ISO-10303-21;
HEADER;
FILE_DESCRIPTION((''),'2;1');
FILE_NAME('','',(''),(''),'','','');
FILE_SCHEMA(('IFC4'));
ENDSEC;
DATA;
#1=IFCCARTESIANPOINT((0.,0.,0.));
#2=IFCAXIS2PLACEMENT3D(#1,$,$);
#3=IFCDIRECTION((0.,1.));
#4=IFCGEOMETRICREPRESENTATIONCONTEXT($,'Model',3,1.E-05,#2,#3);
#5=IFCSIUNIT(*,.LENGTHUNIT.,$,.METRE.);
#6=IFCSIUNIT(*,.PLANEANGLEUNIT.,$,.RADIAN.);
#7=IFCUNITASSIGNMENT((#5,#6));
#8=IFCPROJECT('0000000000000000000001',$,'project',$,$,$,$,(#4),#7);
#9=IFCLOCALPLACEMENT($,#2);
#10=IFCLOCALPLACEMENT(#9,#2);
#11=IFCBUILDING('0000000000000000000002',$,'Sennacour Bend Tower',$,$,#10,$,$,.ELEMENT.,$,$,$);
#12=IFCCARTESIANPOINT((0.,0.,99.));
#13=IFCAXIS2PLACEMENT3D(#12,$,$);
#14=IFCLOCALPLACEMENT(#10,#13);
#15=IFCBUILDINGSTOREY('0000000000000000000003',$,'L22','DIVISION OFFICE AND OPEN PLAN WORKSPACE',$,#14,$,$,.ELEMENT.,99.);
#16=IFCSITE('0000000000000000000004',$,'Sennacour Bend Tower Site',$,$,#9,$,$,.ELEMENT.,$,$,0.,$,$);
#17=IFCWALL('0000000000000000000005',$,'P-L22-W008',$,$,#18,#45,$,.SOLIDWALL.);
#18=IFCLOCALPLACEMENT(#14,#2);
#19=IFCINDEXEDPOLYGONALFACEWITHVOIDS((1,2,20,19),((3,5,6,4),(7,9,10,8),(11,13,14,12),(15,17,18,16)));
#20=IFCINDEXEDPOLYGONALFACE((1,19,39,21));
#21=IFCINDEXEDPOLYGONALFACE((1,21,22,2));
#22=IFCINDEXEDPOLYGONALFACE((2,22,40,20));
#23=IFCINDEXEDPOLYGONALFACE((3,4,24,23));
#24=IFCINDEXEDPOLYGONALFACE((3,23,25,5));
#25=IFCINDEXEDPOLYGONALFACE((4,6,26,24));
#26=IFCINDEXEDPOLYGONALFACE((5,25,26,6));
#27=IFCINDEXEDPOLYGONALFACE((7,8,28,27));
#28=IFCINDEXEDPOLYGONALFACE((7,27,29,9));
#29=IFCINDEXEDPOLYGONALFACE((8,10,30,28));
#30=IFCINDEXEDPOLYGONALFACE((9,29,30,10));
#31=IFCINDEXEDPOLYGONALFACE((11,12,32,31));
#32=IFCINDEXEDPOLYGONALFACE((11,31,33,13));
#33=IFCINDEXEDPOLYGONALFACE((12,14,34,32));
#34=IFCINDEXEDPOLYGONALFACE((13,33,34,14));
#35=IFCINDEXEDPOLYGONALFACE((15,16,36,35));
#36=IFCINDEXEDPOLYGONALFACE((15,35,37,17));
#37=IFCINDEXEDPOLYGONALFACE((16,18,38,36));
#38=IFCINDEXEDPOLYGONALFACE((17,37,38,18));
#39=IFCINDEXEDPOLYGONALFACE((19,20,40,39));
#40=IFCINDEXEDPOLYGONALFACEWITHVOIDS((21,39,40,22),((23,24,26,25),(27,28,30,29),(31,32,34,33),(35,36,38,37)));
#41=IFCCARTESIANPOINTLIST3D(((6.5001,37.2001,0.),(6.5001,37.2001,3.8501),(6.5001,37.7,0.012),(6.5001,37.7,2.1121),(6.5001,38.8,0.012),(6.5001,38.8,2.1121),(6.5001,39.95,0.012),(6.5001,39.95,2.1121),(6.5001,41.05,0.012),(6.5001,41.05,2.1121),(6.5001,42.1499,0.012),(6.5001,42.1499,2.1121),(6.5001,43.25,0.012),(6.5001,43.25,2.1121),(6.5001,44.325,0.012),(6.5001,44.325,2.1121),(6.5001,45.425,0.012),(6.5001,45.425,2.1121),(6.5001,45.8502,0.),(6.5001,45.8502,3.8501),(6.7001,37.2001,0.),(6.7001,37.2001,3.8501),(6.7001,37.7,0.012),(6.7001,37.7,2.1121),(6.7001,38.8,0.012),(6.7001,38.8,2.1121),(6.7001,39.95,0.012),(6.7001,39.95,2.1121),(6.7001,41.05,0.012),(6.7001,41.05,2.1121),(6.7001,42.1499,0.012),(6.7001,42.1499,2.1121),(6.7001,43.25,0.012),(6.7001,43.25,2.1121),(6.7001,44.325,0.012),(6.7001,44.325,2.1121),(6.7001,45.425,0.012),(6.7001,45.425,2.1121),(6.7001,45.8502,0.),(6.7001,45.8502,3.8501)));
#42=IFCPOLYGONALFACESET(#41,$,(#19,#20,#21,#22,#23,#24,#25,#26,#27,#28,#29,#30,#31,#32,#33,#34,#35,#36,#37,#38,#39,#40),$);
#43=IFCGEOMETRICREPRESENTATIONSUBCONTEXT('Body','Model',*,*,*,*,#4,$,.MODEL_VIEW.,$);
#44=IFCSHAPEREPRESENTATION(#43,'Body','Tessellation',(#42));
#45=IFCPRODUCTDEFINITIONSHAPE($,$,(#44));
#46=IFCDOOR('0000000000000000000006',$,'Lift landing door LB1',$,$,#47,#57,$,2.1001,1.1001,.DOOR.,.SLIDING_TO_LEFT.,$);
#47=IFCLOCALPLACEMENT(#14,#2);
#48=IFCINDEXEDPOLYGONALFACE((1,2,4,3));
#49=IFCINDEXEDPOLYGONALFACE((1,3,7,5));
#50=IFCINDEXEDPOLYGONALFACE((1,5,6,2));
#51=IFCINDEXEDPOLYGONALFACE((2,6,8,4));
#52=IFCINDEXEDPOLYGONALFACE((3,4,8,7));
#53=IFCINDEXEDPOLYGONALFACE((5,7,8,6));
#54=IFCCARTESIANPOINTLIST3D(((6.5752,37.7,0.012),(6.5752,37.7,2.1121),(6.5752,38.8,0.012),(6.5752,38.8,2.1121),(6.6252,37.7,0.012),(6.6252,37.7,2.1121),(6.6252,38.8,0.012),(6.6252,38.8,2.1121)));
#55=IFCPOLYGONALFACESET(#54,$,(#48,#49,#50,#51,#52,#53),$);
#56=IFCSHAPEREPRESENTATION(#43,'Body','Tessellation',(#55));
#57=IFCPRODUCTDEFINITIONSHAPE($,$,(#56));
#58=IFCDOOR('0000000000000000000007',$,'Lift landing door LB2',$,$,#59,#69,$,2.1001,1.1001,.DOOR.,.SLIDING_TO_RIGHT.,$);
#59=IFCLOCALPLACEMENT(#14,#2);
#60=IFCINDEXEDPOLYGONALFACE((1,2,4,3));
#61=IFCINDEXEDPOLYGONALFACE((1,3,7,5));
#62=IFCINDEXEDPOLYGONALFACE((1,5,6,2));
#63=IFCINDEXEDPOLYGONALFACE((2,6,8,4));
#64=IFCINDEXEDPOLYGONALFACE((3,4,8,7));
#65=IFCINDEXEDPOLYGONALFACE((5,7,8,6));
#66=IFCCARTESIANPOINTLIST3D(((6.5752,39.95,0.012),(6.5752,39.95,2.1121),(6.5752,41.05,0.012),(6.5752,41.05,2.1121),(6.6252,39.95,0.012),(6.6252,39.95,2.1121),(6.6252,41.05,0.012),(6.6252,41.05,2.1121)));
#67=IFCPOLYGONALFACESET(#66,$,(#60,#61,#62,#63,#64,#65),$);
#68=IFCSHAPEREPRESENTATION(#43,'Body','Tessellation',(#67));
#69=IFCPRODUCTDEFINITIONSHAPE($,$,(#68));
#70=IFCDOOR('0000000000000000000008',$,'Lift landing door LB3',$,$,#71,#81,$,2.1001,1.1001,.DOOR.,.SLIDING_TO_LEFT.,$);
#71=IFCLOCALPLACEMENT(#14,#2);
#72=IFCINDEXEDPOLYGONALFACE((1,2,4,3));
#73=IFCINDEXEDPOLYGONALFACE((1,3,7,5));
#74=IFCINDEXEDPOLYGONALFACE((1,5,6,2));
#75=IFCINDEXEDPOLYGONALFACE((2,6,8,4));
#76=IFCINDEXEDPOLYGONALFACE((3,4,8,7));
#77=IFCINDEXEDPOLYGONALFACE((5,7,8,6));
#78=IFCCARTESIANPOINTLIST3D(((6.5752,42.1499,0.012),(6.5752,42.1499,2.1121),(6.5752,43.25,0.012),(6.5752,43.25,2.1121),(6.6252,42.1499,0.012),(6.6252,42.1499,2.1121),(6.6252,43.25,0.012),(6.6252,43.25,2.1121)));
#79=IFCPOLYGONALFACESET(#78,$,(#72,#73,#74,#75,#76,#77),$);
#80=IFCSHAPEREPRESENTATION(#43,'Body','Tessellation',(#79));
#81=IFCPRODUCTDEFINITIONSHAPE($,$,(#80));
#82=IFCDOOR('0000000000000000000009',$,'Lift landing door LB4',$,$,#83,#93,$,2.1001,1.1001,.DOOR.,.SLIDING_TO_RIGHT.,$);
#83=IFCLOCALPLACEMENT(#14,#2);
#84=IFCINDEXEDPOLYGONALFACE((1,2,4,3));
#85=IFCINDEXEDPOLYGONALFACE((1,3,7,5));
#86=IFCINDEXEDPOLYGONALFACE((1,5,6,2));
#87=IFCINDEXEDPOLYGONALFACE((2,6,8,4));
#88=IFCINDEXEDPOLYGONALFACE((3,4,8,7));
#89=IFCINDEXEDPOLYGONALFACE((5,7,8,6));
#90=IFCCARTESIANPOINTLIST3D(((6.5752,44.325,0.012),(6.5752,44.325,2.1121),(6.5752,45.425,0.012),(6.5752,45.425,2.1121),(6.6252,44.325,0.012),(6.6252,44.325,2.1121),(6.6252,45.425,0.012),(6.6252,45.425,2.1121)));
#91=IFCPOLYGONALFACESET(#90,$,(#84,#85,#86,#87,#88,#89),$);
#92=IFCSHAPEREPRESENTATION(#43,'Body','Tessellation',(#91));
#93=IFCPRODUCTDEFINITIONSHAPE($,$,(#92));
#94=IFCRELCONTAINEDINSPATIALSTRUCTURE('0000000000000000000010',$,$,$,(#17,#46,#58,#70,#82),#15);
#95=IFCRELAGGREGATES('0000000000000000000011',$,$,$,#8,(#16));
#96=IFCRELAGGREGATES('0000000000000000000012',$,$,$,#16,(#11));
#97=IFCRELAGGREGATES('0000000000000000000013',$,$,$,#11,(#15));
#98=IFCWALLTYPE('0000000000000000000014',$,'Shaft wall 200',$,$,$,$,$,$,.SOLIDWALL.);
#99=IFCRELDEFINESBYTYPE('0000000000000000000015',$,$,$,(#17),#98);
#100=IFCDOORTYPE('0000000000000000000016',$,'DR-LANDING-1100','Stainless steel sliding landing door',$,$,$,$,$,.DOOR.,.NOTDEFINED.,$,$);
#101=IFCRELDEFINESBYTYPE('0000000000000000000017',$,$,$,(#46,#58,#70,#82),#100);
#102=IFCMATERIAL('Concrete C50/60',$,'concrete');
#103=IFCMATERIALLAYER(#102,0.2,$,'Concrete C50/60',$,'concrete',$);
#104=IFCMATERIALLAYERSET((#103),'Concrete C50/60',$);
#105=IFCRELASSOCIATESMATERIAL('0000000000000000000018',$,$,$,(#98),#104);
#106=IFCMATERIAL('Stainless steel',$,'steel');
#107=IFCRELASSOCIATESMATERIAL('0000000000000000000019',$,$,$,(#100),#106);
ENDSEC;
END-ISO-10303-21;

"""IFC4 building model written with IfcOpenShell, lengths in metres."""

from ifc_helpers import new_model, si_unit, direction, frame, frame_2d, origin, place, context, subcontext, project, spatial, rectangle, extrude, material, layer, layer_set, type_object, element, fill, save


model = new_model("IFC4")

# Units and contexts
model_context = context("Model", 3, precision=1e-05, world=origin(), true_north=direction((0.0, 1.0)))
body_context = subcontext(model_context, "Body", "Model", "MODEL_VIEW")
ifc_project = project(units=[si_unit("LENGTHUNIT", "METRE"), si_unit("PLANEANGLEUNIT", "RADIAN")], contexts=[model_context])

# Site, building, storey
site_placement = place(None, origin())
site = spatial("IfcSite", under=ifc_project, at=site_placement, Name="Sennacour Bend Tower Site", CompositionType="ELEMENT", RefElevation=0.0)
building_placement = place(site_placement, origin())
building = spatial("IfcBuilding", under=site, at=building_placement, Name="Sennacour Bend Tower", CompositionType="ELEMENT")
storey_placement = place(building_placement, frame((0.0, 0.0, 99.0)))
storey = spatial("IfcBuildingStorey", under=building, at=storey_placement, Name="L22", Description="DIVISION OFFICE AND OPEN PLAN WORKSPACE", CompositionType="ELEMENT", Elevation=99.0)

# Wall, openings, doors
ifc_material_1 = material(Name="Concrete C50/60", Category="concrete")
ifc_layer_1 = layer(ifc_material_1, 0.2, Name="Concrete C50/60", Category="concrete")
ifc_layer_set_1 = layer_set([ifc_layer_1], Name="Concrete C50/60")
wall_type_1 = type_object("IfcWallType", Name="Shaft wall 200", PredefinedType="SOLIDWALL", material=ifc_layer_set_1)
wall_1_placement = place(storey_placement, frame((6.6001, 37.2, 0.0), z_axis=(0.0, 0.0, 1.0), x_axis=(0.0, 1.0, 0.0)))
wall_1 = element("IfcWall", 1, at=wall_1_placement, inside=storey, type_object=wall_type_1, Name="P-L22-W008", PredefinedType="SOLIDWALL", context=body_context, shape_type="SweptSolid", body=[
    extrude(rectangle(XDim=8.6501, YDim=0.2, at=frame_2d((4.3252, 0.0))), origin(), (0.0, 0.0, 1.0), 3.8501),
])
opening_1_placement = place(wall_1_placement, frame((0.5, 0.0, 0.012)))
opening_1 = element("IfcOpeningElement", 2, at=opening_1_placement, cuts=wall_1, PredefinedType="OPENING", context=body_context, shape_type="SweptSolid", body=[
    extrude(rectangle(XDim=1.1001, YDim=2.1001, at=frame_2d((0.55, 1.05))), frame((0.0, 0.1099, 0.0), z_axis=(0.0, -1.0, 0.0), x_axis=(1.0, 0.0, 0.0)), (0.0, 0.0, 1.0), 0.22),
])
opening_2_placement = place(wall_1_placement, frame((2.75, 0.0, 0.012)))
opening_2 = element("IfcOpeningElement", 3, at=opening_2_placement, cuts=wall_1, PredefinedType="OPENING", context=body_context, shape_type="SweptSolid", body=[
    extrude(rectangle(XDim=1.1001, YDim=2.1001, at=frame_2d((0.55, 1.05))), frame((0.0, 0.1099, 0.0), z_axis=(0.0, -1.0, 0.0), x_axis=(1.0, 0.0, 0.0)), (0.0, 0.0, 1.0), 0.22),
])
opening_3_placement = place(wall_1_placement, frame((4.95, 0.0, 0.012)))
opening_3 = element("IfcOpeningElement", 4, at=opening_3_placement, cuts=wall_1, PredefinedType="OPENING", context=body_context, shape_type="SweptSolid", body=[
    extrude(rectangle(XDim=1.1001, YDim=2.1001, at=frame_2d((0.55, 1.05))), frame((0.0, 0.1099, 0.0), z_axis=(0.0, -1.0, 0.0), x_axis=(1.0, 0.0, 0.0)), (0.0, 0.0, 1.0), 0.22),
])
opening_4_placement = place(wall_1_placement, frame((7.125, 0.0, 0.012)))
opening_4 = element("IfcOpeningElement", 5, at=opening_4_placement, cuts=wall_1, PredefinedType="OPENING", context=body_context, shape_type="SweptSolid", body=[
    extrude(rectangle(XDim=1.1001, YDim=2.1001, at=frame_2d((0.55, 1.05))), frame((0.0, 0.1099, 0.0), z_axis=(0.0, -1.0, 0.0), x_axis=(1.0, 0.0, 0.0)), (0.0, 0.0, 1.0), 0.22),
])
ifc_material_2 = material(Name="Stainless steel", Category="steel")
door_type_1 = type_object("IfcDoorType", Name="DR-LANDING-1100", Description="Stainless steel sliding landing door", OperationType="NOTDEFINED", PredefinedType="DOOR", material=ifc_material_2)
door_1_placement = place(opening_1_placement, origin())
door_1 = element("IfcDoor", 6, at=door_1_placement, inside=storey, type_object=door_type_1, Name="Lift landing door LB1", OperationType="SLIDING_TO_LEFT", OverallHeight=2.1001, OverallWidth=1.1001, PredefinedType="DOOR", context=body_context, shape_type="SweptSolid", body=[
    extrude(rectangle(XDim=1.1001, YDim=2.1001, at=frame_2d((0.55, 1.05))), frame((0.0, 0.0249, 0.0), z_axis=(0.0, -1.0, 0.0), x_axis=(1.0, 0.0, 0.0)), (0.0, 0.0, 1.0), 0.05),
])
fill(opening_1, door_1)
door_2_placement = place(opening_2_placement, origin())
door_2 = element("IfcDoor", 7, at=door_2_placement, inside=storey, type_object=door_type_1, Name="Lift landing door LB2", OperationType="SLIDING_TO_RIGHT", OverallHeight=2.1001, OverallWidth=1.1001, PredefinedType="DOOR", context=body_context, shape_type="SweptSolid", body=[
    extrude(rectangle(XDim=1.1001, YDim=2.1001, at=frame_2d((0.55, 1.05))), frame((0.0, 0.0249, 0.0), z_axis=(0.0, -1.0, 0.0), x_axis=(1.0, 0.0, 0.0)), (0.0, 0.0, 1.0), 0.05),
])
fill(opening_2, door_2)
door_3_placement = place(opening_3_placement, origin())
door_3 = element("IfcDoor", 8, at=door_3_placement, inside=storey, type_object=door_type_1, Name="Lift landing door LB3", OperationType="SLIDING_TO_LEFT", OverallHeight=2.1001, OverallWidth=1.1001, PredefinedType="DOOR", context=body_context, shape_type="SweptSolid", body=[
    extrude(rectangle(XDim=1.1001, YDim=2.1001, at=frame_2d((0.55, 1.05))), frame((0.0, 0.0249, 0.0), z_axis=(0.0, -1.0, 0.0), x_axis=(1.0, 0.0, 0.0)), (0.0, 0.0, 1.0), 0.05),
])
fill(opening_3, door_3)
door_4_placement = place(opening_4_placement, origin())
door_4 = element("IfcDoor", 9, at=door_4_placement, inside=storey, type_object=door_type_1, Name="Lift landing door LB4", OperationType="SLIDING_TO_RIGHT", OverallHeight=2.1001, OverallWidth=1.1001, PredefinedType="DOOR", context=body_context, shape_type="SweptSolid", body=[
    extrude(rectangle(XDim=1.1001, YDim=2.1001, at=frame_2d((0.55, 1.05))), frame((0.0, 0.0249, 0.0), z_axis=(0.0, -1.0, 0.0), x_axis=(1.0, 0.0, 0.0)), (0.0, 0.0, 1.0), 0.05),
])
fill(opening_4, door_4)

save(model, "model.ifc")
